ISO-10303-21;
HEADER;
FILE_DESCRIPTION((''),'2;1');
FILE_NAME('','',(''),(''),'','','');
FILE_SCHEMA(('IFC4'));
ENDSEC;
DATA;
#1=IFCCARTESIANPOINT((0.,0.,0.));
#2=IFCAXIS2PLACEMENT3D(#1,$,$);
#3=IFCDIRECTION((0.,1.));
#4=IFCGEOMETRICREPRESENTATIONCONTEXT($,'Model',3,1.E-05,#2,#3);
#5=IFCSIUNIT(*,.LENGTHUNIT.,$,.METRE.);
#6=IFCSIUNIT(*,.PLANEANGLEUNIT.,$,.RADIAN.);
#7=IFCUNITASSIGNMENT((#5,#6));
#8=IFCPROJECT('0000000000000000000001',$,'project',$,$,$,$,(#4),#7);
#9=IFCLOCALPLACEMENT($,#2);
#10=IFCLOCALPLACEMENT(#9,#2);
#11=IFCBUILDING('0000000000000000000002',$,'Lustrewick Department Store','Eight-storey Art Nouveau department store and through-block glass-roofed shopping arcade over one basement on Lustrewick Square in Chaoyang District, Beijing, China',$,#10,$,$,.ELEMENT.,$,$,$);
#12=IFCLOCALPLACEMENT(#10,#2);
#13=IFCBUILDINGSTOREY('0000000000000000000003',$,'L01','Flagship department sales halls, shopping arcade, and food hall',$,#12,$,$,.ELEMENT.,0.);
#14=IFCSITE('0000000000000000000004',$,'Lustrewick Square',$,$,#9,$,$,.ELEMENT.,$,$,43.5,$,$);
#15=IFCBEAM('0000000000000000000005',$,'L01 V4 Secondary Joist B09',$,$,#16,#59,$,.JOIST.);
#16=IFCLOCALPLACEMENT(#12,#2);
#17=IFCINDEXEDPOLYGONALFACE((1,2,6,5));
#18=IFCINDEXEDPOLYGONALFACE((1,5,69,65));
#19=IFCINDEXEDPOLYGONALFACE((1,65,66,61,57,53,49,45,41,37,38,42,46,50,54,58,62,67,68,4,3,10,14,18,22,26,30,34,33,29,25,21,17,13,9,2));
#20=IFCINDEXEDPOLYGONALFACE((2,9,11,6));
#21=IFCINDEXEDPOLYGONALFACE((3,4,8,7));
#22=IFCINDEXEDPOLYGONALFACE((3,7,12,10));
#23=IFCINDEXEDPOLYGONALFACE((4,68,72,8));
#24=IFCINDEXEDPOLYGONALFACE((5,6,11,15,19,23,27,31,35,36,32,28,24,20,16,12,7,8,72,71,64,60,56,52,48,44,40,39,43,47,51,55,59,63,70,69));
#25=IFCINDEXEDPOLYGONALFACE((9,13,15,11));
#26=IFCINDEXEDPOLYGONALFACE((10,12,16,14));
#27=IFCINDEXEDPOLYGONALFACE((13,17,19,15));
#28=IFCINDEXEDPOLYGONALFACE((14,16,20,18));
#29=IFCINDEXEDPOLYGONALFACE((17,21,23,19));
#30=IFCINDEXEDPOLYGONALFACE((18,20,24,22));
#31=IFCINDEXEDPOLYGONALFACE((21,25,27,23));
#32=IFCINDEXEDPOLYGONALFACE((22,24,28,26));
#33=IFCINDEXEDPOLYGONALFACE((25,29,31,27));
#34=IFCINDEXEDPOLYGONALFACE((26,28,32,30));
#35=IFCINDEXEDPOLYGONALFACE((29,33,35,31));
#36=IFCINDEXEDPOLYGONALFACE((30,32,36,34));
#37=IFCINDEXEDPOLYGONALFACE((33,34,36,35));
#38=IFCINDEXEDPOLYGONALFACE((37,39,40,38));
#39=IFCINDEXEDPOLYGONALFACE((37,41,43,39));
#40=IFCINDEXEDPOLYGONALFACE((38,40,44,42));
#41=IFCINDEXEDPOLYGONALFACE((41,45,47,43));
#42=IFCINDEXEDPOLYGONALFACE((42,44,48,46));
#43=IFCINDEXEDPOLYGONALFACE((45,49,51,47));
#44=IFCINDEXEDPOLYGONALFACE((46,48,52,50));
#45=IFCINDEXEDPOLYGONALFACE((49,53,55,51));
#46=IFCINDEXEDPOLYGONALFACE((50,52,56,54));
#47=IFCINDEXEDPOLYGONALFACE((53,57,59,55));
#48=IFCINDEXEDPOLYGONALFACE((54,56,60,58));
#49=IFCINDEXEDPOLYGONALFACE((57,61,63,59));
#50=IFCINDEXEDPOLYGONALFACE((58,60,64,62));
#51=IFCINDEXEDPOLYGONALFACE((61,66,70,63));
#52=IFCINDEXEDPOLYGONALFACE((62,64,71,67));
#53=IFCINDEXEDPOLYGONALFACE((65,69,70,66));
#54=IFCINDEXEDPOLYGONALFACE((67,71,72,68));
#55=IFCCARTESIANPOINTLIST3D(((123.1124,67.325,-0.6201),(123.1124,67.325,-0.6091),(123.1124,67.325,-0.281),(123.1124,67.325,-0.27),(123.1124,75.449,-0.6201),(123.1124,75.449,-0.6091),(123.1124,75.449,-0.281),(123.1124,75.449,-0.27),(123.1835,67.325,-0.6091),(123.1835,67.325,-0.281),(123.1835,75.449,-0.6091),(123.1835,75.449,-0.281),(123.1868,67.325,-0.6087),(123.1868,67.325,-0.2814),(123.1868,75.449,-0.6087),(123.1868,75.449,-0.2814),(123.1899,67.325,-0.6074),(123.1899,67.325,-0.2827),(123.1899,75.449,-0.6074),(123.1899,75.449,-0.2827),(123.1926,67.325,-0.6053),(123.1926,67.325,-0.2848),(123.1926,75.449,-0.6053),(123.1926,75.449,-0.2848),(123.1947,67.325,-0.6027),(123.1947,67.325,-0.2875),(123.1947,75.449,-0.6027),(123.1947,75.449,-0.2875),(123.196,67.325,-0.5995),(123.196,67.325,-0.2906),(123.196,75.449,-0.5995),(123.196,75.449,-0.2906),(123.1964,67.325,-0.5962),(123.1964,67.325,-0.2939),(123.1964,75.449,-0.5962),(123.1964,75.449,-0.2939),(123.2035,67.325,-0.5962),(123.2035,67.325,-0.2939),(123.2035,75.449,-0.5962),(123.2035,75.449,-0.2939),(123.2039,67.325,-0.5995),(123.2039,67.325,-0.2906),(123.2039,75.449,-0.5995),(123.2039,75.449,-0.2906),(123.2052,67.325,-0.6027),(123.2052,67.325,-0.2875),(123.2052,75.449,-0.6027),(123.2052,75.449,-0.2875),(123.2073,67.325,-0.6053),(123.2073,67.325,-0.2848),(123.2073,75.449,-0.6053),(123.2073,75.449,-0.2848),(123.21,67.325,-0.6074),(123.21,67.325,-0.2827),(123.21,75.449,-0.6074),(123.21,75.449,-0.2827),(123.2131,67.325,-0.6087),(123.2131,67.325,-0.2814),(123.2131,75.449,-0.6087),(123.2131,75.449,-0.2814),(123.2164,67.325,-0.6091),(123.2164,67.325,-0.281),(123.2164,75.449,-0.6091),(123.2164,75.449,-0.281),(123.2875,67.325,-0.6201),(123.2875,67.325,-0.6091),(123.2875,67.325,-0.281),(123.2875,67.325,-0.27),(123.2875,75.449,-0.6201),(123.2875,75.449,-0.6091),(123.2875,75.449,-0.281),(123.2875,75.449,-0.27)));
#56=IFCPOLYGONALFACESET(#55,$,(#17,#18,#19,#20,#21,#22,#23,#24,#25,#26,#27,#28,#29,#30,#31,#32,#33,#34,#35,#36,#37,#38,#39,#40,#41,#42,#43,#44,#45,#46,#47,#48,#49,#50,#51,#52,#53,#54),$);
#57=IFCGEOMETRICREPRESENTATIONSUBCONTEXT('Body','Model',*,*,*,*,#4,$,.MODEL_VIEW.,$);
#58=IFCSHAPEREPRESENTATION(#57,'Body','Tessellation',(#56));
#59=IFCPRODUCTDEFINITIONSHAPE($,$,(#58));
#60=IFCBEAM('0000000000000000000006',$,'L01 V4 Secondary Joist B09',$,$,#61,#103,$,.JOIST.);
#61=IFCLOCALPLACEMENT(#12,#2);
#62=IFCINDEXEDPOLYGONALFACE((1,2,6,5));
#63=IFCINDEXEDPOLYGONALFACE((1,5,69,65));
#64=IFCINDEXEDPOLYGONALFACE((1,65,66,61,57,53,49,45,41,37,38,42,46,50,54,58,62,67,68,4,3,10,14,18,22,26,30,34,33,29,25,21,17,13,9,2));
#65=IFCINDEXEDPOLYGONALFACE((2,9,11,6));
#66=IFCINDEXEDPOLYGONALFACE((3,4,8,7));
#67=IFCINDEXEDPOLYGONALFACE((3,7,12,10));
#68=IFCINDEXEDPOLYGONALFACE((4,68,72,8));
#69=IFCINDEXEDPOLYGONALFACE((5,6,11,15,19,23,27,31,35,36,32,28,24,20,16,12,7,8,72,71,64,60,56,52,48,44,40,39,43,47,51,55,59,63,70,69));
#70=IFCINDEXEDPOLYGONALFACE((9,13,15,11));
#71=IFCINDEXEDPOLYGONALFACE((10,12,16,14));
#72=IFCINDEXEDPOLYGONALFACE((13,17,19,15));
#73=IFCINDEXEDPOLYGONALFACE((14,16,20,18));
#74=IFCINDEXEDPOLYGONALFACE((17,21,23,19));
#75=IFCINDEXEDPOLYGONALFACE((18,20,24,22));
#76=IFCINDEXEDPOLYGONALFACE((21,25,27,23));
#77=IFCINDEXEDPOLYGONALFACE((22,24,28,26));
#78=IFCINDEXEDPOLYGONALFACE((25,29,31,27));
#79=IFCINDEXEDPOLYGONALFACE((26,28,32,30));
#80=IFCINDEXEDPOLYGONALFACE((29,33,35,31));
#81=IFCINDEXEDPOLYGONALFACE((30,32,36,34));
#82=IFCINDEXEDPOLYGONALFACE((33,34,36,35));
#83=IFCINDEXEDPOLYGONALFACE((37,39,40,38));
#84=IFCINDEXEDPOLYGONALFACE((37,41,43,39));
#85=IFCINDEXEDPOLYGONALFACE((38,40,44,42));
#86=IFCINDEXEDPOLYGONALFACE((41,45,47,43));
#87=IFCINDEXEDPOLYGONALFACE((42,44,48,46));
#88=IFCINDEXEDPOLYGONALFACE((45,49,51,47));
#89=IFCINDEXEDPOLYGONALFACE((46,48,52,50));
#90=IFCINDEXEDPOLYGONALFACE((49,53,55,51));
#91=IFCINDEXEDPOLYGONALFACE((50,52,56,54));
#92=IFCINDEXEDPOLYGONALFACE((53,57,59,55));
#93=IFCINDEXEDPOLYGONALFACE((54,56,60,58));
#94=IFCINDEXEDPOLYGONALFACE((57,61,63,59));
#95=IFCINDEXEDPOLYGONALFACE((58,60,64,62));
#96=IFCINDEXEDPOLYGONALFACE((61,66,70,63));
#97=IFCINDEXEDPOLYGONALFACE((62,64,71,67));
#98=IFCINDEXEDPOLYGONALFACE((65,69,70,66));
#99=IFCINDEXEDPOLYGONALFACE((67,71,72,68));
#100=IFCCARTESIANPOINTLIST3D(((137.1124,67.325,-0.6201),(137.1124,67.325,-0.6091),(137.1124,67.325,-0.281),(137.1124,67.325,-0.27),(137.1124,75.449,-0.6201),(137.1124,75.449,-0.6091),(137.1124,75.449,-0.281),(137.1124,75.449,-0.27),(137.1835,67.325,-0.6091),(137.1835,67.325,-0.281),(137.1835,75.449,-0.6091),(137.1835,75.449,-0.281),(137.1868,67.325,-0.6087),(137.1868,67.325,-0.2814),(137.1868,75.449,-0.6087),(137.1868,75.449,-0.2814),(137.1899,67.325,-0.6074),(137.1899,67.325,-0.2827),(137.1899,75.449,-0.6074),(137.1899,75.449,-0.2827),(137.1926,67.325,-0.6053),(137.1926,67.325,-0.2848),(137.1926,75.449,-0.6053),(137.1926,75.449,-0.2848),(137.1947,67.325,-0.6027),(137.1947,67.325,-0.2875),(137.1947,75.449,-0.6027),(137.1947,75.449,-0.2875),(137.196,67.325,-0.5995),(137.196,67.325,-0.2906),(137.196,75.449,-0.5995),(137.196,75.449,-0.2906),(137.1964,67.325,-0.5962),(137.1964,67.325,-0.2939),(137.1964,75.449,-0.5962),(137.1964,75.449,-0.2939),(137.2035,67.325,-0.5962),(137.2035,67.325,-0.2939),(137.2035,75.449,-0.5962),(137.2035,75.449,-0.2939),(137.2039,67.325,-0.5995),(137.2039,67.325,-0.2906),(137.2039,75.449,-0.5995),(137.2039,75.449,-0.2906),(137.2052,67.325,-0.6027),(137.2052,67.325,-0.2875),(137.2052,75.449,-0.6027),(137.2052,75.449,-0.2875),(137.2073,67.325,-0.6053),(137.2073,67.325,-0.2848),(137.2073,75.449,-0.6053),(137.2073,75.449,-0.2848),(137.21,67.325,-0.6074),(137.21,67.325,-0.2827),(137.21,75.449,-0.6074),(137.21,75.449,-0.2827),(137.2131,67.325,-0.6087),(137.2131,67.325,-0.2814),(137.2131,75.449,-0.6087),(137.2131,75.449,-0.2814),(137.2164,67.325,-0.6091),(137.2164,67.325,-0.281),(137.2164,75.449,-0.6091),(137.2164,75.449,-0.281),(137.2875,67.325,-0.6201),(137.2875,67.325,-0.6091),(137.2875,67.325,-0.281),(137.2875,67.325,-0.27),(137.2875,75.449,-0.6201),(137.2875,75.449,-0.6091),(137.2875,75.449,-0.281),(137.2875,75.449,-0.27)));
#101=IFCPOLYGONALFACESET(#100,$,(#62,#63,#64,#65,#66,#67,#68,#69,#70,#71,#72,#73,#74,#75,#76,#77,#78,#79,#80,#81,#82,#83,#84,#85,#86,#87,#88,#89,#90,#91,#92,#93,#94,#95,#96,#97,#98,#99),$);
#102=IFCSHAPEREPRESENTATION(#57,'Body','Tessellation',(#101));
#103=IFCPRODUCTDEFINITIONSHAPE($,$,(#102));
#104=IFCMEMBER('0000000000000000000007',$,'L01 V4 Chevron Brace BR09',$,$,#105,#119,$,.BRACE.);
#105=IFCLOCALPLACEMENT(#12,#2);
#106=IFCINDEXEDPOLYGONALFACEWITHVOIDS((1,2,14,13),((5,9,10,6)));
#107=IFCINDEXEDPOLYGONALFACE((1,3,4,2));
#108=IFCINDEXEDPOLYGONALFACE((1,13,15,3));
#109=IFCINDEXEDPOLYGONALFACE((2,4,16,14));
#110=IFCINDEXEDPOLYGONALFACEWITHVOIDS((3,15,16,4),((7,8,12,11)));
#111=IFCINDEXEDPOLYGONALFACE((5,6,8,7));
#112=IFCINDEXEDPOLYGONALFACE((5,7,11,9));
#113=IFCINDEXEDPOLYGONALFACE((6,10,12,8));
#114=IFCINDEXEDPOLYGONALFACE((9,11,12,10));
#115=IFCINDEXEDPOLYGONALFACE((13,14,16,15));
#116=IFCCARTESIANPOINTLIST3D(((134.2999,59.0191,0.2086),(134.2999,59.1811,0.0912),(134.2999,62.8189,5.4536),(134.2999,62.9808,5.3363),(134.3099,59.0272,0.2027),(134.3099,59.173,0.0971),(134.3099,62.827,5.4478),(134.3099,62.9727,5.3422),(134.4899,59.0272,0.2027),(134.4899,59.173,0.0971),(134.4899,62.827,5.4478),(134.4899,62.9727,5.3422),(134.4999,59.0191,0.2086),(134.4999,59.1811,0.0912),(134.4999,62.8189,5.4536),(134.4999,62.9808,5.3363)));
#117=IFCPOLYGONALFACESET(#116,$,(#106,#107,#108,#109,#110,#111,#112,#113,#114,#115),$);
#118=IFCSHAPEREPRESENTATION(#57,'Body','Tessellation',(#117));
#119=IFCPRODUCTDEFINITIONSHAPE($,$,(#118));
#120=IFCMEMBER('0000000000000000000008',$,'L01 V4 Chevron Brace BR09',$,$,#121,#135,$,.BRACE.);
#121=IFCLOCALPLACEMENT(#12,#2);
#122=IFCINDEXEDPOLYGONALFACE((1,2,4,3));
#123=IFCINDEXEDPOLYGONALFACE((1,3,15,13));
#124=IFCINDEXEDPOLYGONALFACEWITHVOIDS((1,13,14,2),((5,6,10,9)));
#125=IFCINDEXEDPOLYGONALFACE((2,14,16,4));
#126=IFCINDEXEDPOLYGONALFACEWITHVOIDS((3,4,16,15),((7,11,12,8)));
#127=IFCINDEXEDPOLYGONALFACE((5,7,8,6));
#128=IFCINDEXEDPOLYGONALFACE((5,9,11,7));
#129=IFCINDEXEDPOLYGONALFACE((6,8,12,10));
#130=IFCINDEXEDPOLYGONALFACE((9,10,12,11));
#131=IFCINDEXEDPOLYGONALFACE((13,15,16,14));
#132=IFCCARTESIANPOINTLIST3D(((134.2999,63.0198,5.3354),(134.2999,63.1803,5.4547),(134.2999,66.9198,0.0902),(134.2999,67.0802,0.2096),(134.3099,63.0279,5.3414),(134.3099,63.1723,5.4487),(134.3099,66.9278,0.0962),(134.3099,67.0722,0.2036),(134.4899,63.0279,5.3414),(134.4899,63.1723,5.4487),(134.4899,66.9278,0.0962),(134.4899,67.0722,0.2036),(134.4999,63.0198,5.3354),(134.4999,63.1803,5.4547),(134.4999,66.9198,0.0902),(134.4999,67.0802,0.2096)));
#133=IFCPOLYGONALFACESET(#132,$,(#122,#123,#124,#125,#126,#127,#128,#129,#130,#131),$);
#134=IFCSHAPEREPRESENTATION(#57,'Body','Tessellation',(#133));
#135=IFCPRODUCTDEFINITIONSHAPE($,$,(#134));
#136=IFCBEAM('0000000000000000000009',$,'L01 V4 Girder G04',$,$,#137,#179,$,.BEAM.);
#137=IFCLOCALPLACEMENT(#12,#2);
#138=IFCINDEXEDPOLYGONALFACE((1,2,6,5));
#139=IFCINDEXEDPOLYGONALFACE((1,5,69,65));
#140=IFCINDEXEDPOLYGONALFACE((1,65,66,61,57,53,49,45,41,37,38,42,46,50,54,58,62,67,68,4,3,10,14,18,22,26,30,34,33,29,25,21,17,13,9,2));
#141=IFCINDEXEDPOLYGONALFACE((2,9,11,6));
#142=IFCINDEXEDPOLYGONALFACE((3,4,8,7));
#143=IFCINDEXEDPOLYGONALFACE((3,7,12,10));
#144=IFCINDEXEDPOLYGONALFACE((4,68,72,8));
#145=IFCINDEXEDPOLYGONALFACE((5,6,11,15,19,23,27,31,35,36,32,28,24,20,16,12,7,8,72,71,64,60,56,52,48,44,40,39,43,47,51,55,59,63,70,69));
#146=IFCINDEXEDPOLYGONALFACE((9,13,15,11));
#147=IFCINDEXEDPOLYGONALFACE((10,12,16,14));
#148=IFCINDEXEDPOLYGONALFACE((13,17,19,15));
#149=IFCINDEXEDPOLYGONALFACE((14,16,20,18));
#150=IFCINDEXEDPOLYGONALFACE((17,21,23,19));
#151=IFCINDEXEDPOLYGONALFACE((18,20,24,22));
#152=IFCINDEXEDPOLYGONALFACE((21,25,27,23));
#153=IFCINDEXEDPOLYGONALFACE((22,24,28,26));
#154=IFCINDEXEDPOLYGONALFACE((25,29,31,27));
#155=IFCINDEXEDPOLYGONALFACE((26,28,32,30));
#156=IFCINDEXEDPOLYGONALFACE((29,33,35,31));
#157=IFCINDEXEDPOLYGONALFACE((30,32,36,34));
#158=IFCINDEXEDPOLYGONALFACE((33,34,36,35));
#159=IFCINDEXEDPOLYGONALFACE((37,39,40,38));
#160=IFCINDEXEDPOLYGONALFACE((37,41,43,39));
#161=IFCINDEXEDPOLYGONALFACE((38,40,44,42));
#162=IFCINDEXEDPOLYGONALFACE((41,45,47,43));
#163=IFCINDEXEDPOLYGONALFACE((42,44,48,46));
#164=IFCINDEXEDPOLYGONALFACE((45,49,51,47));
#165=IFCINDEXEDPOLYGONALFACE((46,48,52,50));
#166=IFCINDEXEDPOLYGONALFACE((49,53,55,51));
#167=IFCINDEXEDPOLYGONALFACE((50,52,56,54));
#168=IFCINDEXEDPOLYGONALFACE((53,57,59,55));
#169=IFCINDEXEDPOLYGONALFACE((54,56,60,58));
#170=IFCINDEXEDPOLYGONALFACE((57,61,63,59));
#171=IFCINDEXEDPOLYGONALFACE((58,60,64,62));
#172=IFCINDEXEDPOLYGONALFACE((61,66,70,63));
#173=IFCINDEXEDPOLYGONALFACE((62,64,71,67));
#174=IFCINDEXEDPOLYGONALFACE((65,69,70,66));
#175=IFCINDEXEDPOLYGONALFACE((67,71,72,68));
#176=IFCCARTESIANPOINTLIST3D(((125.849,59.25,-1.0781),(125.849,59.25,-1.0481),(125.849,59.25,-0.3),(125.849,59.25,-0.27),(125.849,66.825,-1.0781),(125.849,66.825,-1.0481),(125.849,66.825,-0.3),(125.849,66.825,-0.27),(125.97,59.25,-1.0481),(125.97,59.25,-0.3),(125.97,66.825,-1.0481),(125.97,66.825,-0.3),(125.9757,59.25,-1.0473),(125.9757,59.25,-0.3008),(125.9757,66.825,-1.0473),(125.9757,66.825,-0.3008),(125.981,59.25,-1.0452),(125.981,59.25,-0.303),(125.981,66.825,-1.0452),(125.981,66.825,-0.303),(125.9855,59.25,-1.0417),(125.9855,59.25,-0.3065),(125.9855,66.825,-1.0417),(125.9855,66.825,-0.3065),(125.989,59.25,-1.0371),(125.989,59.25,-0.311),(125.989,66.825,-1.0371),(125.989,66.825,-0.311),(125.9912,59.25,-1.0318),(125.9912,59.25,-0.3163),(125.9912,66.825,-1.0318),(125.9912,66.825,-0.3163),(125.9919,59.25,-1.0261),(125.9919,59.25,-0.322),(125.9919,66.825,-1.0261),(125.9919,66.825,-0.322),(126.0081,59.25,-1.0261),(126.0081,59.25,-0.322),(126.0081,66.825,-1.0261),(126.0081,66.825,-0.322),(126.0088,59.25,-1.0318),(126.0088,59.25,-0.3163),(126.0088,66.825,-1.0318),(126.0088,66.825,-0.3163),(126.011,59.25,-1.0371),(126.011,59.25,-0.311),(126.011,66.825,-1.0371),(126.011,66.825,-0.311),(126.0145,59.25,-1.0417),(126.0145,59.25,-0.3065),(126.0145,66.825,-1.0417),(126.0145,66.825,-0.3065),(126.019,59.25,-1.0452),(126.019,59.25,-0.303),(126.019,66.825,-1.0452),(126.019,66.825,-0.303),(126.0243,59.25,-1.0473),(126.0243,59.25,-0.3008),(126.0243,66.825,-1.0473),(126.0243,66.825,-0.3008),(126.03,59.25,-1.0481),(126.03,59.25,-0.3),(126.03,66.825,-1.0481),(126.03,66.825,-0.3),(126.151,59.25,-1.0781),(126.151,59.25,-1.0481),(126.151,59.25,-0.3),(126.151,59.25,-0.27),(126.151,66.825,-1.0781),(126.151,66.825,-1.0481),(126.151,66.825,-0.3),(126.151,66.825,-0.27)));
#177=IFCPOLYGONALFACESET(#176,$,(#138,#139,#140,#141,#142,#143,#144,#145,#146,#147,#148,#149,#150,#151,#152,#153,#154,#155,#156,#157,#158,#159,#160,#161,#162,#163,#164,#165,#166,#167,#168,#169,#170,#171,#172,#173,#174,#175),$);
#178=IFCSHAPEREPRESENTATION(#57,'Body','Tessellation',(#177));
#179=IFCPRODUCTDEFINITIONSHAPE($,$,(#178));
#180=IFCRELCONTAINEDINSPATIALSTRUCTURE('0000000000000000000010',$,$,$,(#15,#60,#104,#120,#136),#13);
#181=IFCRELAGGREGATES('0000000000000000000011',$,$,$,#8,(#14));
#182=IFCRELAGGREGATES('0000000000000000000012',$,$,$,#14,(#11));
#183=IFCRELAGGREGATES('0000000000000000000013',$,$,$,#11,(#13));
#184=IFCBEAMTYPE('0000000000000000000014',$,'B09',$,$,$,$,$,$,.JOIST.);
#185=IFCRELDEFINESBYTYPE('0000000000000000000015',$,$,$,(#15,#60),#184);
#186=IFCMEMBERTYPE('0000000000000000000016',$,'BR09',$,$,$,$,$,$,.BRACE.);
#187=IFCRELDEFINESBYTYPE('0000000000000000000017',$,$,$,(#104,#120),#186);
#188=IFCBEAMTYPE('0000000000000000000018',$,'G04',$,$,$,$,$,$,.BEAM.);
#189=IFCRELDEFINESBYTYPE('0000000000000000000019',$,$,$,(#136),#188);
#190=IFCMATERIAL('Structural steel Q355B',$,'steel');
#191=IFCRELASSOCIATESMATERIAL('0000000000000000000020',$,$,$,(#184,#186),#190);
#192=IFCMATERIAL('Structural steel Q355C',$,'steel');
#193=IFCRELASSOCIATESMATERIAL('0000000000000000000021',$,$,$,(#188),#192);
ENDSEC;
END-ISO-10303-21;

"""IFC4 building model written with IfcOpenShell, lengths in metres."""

from ifc_helpers import new_model, si_unit, direction, frame, origin, origin_2d, place, context, subcontext, project, spatial, hollow_rectangle, i_section, extrude, material, material_profile, profile_set, type_object, element, save


model = new_model("IFC4")

# Units and contexts
model_context = context("Model", 3, precision=1e-05, world=origin(), true_north=direction((0.0, 1.0)))
body_context = subcontext(model_context, "Body", "Model", "MODEL_VIEW")
ifc_project = project(units=[si_unit("LENGTHUNIT", "METRE"), si_unit("PLANEANGLEUNIT", "RADIAN")], contexts=[model_context])

# Site, building, storey
site_placement = place(None, origin())
site = spatial("IfcSite", under=ifc_project, at=site_placement, Name="Lustrewick Square", CompositionType="ELEMENT", RefElevation=43.5)
building_placement = place(site_placement, origin())
building = spatial("IfcBuilding", under=site, at=building_placement, Name="Lustrewick Department Store", Description="Eight-storey Art Nouveau department store and through-block glass-roofed shopping arcade over one basement on Lustrewick Square in Chaoyang District, Beijing, China", CompositionType="ELEMENT")
storey_placement = place(building_placement, origin())
storey = spatial("IfcBuildingStorey", under=building, at=storey_placement, Name="L01", Description="Flagship department sales halls, shopping arcade, and food hall", CompositionType="ELEMENT", Elevation=0.0)

# Shared definitions
ifc_material_1 = material(Name="Structural steel Q355B", Category="steel")

# Beams
ifc_material_profile_1 = material_profile(ifc_material_1, i_section(OverallWidth=0.175, OverallDepth=0.3501, WebThickness=0.0071, FlangeThickness=0.011, FilletRadius=0.0129, at=origin_2d()), Name="HN 350x175x7x11")
ifc_profile_set_1 = profile_set([ifc_material_profile_1], Name="Structural steel Q355B")
beam_type_1 = type_object("IfcBeamType", Name="B09", PredefinedType="JOIST", material=ifc_profile_set_1)
for number, where, z_axis, x_axis, name in (
    (1, (123.2, 67.325, -0.4451), (0.0, 1.0, 0.0), (-1.0, 0.0, 0.0), "L01 V4 Secondary Joist B09"),
    (2, (137.2, 67.325, -0.4451), (0.0, 1.0, 0.0), (-1.0, 0.0, 0.0), "L01 V4 Secondary Joist B09"),
):
    element("IfcBeam", number, at=place(storey_placement, frame(where, z_axis=z_axis, x_axis=x_axis)), inside=storey, type_object=beam_type_1, Name=name, PredefinedType="JOIST", context=body_context, shape_type="SweptSolid", body=[
        extrude(i_section(OverallWidth=0.175, OverallDepth=0.3501, WebThickness=0.0071, FlangeThickness=0.011, FilletRadius=0.0129, at=origin_2d()), origin(), (0.0, 0.0, 1.0), 8.124),
    ])

# Members
ifc_material_profile_2 = material_profile(ifc_material_1, hollow_rectangle(XDim=0.2, YDim=0.2, WallThickness=0.01, at=origin_2d()), Name="SHS 200x200x10")
ifc_profile_set_2 = profile_set([ifc_material_profile_2], Name="Structural steel Q355B")
member_type = type_object("IfcMemberType", Name="BR09", PredefinedType="BRACE", material=ifc_profile_set_2)
member_1_placement = place(storey_placement, frame((134.3999, 59.1001, 0.1499), z_axis=(0.0, 0.586674, 0.809824), x_axis=(-1.0, 0.0, 0.0)))
element("IfcMember", 3, at=member_1_placement, inside=storey, type_object=member_type, Name="L01 V4 Chevron Brace BR09", PredefinedType="BRACE", context=body_context, shape_type="SweptSolid", body=[
    extrude(hollow_rectangle(XDim=0.2, YDim=0.2, WallThickness=0.01, at=origin_2d()), origin(), (0.0, 0.0, 1.0), 6.4768),
])
member_2_placement = place(storey_placement, frame((134.3999, 67.0, 0.1499), z_axis=(0.0, -0.596672, 0.802485), x_axis=(1.0, 0.0, 0.0)))
element("IfcMember", 4, at=member_2_placement, inside=storey, type_object=member_type, Name="L01 V4 Chevron Brace BR09", PredefinedType="BRACE", context=body_context, shape_type="SweptSolid", body=[
    extrude(hollow_rectangle(XDim=0.2, YDim=0.2, WallThickness=0.01, at=origin_2d()), origin(), (0.0, 0.0, 1.0), 6.5361),
])

# Beam
ifc_material_2 = material(Name="Structural steel Q355C", Category="steel")
ifc_material_profile_3 = material_profile(ifc_material_2, i_section(OverallWidth=0.302, OverallDepth=0.8081, WebThickness=0.0161, FlangeThickness=0.03, FilletRadius=0.022, at=origin_2d()), Name="HN 808x302x16x30")
ifc_profile_set_3 = profile_set([ifc_material_profile_3], Name="Structural steel Q355C")
beam_type_2 = type_object("IfcBeamType", Name="G04", PredefinedType="BEAM", material=ifc_profile_set_3)
beam_1_placement = place(storey_placement, frame((126.0, 59.25, -0.6741), z_axis=(0.0, 1.0, 0.0), x_axis=(-1.0, 0.0, 0.0)))
element("IfcBeam", 5, at=beam_1_placement, inside=storey, type_object=beam_type_2, Name="L01 V4 Girder G04", PredefinedType="BEAM", context=body_context, shape_type="SweptSolid", body=[
    extrude(i_section(OverallWidth=0.302, OverallDepth=0.8081, WebThickness=0.0161, FlangeThickness=0.03, FilletRadius=0.022, at=origin_2d()), origin(), (0.0, 0.0, 1.0), 7.575),
])

save(model, "model.ifc")
